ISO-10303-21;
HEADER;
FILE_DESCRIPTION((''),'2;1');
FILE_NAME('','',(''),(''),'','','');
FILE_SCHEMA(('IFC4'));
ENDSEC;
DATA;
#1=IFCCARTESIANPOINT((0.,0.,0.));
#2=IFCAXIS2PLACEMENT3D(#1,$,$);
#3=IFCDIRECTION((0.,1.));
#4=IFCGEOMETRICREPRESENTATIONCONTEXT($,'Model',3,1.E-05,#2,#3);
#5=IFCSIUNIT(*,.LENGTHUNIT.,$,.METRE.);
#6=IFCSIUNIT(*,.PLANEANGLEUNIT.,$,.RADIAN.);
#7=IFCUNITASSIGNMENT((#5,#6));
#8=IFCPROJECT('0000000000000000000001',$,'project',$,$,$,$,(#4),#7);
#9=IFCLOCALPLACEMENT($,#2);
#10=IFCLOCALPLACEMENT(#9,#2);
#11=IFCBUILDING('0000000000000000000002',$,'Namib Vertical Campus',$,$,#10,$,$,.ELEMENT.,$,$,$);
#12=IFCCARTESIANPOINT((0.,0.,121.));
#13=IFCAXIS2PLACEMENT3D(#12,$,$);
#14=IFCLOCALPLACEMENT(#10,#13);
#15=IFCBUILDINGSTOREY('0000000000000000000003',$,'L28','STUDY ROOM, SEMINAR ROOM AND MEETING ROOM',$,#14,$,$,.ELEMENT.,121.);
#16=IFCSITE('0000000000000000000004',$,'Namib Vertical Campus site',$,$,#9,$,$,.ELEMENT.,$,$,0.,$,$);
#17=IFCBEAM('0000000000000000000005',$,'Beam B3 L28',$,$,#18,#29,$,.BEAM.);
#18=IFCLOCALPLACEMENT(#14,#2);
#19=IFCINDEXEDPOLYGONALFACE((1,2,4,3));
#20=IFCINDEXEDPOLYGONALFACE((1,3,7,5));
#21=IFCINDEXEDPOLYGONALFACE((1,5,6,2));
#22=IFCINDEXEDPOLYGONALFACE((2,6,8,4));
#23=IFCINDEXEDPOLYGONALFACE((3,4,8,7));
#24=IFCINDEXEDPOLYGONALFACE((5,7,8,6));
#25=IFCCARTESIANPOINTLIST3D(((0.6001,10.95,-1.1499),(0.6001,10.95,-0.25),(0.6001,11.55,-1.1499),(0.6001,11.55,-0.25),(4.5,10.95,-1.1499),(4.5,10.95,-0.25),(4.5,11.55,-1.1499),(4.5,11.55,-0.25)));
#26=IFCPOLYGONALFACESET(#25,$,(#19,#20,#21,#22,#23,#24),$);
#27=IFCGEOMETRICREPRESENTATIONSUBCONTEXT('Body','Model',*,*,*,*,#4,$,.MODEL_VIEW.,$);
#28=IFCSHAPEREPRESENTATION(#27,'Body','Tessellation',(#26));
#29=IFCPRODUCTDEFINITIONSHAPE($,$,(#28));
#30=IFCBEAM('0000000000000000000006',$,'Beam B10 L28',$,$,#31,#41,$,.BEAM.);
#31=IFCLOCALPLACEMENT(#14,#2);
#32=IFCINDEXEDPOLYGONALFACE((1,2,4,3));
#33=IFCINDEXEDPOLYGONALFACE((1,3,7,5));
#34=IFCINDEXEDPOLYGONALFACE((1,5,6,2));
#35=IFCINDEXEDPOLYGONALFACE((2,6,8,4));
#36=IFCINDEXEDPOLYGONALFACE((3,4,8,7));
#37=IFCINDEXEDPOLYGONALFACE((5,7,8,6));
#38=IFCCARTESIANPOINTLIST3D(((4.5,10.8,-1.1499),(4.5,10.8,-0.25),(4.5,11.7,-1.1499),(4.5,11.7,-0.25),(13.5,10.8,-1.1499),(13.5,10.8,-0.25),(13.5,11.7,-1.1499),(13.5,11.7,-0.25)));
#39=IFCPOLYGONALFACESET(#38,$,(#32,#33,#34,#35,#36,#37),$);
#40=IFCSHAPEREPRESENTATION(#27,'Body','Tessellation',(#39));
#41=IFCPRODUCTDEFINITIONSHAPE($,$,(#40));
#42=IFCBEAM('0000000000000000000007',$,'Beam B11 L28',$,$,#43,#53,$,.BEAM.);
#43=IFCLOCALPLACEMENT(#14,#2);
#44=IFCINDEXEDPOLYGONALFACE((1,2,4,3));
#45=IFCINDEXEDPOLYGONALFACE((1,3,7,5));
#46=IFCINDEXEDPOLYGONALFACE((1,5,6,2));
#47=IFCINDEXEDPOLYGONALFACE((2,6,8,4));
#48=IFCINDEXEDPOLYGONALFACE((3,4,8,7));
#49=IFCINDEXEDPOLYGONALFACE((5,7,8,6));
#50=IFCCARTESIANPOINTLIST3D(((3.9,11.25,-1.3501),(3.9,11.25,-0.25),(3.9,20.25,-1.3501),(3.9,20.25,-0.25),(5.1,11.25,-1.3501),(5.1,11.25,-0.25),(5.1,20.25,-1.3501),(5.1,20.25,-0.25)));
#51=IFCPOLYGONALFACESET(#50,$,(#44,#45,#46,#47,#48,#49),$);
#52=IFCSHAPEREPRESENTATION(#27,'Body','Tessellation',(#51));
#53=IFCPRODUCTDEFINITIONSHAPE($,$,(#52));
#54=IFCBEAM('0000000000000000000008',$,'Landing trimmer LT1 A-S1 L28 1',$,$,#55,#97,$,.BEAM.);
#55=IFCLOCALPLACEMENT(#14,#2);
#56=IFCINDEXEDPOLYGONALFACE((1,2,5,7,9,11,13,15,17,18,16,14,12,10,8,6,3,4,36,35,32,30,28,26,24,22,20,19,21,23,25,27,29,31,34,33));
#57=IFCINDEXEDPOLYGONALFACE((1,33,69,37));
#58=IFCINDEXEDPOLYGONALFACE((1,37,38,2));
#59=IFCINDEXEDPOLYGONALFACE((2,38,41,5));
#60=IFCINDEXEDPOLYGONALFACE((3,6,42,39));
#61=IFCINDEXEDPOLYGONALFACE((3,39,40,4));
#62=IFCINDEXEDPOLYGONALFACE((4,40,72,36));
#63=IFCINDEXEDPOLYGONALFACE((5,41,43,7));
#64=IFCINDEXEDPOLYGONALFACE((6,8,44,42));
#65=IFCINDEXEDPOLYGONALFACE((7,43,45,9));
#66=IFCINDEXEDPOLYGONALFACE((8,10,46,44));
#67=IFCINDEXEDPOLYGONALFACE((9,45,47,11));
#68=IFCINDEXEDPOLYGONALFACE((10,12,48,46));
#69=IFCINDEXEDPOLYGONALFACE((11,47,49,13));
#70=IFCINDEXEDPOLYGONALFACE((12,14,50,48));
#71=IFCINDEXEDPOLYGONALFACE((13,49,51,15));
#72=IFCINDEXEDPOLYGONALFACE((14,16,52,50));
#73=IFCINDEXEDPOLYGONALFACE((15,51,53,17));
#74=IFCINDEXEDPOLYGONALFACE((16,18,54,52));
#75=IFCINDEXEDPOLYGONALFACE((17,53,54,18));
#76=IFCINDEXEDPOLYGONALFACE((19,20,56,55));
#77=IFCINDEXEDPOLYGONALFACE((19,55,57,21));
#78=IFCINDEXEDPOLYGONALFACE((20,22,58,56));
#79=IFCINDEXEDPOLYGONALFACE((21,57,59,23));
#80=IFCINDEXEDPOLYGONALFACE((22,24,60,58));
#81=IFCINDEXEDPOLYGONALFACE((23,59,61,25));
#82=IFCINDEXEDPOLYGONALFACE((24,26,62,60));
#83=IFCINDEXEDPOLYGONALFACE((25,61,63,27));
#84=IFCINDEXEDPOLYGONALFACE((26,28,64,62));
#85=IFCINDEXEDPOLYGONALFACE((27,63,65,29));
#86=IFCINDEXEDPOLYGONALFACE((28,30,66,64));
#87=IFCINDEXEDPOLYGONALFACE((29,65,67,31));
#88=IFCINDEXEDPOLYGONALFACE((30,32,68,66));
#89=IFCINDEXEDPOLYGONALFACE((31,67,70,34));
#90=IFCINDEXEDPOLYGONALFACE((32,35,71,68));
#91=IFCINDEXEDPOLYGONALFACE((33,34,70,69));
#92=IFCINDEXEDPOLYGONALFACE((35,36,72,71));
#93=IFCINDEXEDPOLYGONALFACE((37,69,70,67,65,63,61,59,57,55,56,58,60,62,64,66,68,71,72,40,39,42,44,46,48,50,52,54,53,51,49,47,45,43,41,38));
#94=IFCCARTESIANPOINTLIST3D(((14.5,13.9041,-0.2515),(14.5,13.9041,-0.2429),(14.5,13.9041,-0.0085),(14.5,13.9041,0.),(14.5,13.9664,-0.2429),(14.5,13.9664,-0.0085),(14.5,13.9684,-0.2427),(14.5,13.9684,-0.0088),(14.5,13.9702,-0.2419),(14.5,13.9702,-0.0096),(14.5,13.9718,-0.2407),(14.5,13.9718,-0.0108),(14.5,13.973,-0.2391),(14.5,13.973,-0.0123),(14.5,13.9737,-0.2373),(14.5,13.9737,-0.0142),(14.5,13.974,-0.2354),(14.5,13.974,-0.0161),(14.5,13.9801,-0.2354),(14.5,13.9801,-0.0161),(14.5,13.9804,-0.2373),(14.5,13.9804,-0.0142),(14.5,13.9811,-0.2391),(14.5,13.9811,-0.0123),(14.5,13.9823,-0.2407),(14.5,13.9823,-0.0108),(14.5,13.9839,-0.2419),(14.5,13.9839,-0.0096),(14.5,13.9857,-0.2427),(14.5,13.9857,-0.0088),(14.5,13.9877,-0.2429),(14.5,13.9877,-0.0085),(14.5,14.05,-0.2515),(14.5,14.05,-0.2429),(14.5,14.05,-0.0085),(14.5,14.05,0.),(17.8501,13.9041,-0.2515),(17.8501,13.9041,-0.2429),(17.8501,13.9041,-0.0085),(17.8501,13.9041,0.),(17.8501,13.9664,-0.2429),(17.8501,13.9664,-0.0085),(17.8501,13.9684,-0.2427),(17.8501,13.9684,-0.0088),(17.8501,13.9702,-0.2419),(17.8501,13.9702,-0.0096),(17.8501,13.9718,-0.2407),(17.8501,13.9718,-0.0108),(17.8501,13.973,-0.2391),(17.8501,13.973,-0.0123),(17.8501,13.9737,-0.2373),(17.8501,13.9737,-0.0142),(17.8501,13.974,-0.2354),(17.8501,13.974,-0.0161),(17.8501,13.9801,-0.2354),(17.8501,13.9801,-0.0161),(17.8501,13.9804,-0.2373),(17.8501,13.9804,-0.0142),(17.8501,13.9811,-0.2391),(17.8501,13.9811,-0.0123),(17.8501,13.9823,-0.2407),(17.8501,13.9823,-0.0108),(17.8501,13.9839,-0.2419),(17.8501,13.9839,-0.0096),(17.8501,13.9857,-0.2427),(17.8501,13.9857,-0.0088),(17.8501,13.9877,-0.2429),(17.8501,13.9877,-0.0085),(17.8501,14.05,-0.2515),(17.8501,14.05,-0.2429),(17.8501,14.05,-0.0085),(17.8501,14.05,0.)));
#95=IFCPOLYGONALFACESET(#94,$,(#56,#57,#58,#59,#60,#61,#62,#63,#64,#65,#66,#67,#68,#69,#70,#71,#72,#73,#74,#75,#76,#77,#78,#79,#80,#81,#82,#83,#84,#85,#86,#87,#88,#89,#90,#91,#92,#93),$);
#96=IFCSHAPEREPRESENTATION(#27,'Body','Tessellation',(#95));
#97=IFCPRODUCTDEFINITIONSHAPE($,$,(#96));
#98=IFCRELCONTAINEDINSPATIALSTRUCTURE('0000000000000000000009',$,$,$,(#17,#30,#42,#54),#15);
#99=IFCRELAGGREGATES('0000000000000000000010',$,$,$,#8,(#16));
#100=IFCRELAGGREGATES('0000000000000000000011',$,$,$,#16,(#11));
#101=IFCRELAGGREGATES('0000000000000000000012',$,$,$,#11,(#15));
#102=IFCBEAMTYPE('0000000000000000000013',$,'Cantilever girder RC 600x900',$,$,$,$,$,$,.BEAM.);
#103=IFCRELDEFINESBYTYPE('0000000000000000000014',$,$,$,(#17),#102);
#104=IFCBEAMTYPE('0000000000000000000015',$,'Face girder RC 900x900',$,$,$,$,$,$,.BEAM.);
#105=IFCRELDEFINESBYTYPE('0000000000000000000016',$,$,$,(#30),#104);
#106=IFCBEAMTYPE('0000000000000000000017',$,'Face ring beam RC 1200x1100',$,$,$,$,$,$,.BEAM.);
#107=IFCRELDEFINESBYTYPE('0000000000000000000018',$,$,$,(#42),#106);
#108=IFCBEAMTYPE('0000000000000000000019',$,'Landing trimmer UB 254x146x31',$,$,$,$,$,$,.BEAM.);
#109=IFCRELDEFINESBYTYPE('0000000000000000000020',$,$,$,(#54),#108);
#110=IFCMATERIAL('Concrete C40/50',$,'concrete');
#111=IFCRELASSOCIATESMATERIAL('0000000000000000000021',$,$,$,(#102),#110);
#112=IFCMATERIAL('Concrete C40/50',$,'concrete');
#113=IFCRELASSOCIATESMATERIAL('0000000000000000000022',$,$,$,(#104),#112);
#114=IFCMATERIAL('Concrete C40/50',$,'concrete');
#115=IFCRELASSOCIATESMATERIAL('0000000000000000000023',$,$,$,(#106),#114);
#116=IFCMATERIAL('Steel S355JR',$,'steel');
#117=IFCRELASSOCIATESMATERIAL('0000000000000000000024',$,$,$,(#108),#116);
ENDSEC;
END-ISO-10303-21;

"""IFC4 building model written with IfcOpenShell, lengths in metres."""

from ifc_helpers import new_model, si_unit, direction, frame, origin, origin_2d, place, context, subcontext, project, spatial, rectangle, i_section, extrude, material, material_profile, profile_set, type_object, element, save


model = new_model("IFC4")

# Units and contexts
model_context = context("Model", 3, precision=1e-05, world=origin(), true_north=direction((0.0, 1.0)))
body_context = subcontext(model_context, "Body", "Model", "MODEL_VIEW")
ifc_project = project(units=[si_unit("LENGTHUNIT", "METRE"), si_unit("PLANEANGLEUNIT", "RADIAN")], contexts=[model_context])

# Site, building, storey
site_placement = place(None, origin())
site = spatial("IfcSite", under=ifc_project, at=site_placement, Name="Namib Vertical Campus site", CompositionType="ELEMENT", RefElevation=0.0)
building_placement = place(site_placement, origin())
building = spatial("IfcBuilding", under=site, at=building_placement, Name="Namib Vertical Campus", CompositionType="ELEMENT")
storey_placement = place(building_placement, frame((0.0, 0.0, 121.0)))
storey = spatial("IfcBuildingStorey", under=building, at=storey_placement, Name="L28", Description="STUDY ROOM, SEMINAR ROOM AND MEETING ROOM", CompositionType="ELEMENT", Elevation=121.0)

# Beams
ifc_material_1 = material(Name="Concrete C40/50", Category="concrete")
ifc_material_profile_1 = material_profile(ifc_material_1, rectangle(XDim=0.6001, YDim=0.8999, at=origin_2d()))
ifc_profile_set_1 = profile_set([ifc_material_profile_1], Name="Concrete C40/50")
beam_type_1 = type_object("IfcBeamType", Name="Cantilever girder RC 600x900", PredefinedType="BEAM", material=ifc_profile_set_1)
beam_1_placement = place(storey_placement, frame((4.5, 11.25, -0.7), z_axis=(-1.0, 0.0, 0.0), x_axis=(0.0, -1.0, 0.0)))
element("IfcBeam", 1, at=beam_1_placement, inside=storey, type_object=beam_type_1, Name="Beam B3 L28", PredefinedType="BEAM", context=body_context, shape_type="SweptSolid", body=[
    extrude(rectangle(XDim=0.6001, YDim=0.8999, at=origin_2d()), origin(), (0.0, 0.0, 1.0), 3.8999),
])
ifc_material_2 = material(Name="Concrete C40/50", Category="concrete")
ifc_material_profile_2 = material_profile(ifc_material_2, rectangle(XDim=0.8999, YDim=0.8999, at=origin_2d()))
ifc_profile_set_2 = profile_set([ifc_material_profile_2], Name="Concrete C40/50")
beam_type_2 = type_object("IfcBeamType", Name="Face girder RC 900x900", PredefinedType="BEAM", material=ifc_profile_set_2)
beam_2_placement = place(storey_placement, frame((4.5, 11.25, -0.7), z_axis=(1.0, 0.0, 0.0), x_axis=(0.0, 1.0, 0.0)))
element("IfcBeam", 2, at=beam_2_placement, inside=storey, type_object=beam_type_2, Name="Beam B10 L28", PredefinedType="BEAM", context=body_context, shape_type="SweptSolid", body=[
    extrude(rectangle(XDim=0.8999, YDim=0.8999, at=origin_2d()), origin(), (0.0, 0.0, 1.0), 9.0),
])
ifc_material_3 = material(Name="Concrete C40/50", Category="concrete")
ifc_material_profile_3 = material_profile(ifc_material_3, rectangle(XDim=1.2, YDim=1.1001, at=origin_2d()))
ifc_profile_set_3 = profile_set([ifc_material_profile_3], Name="Concrete C40/50")
beam_type_3 = type_object("IfcBeamType", Name="Face ring beam RC 1200x1100", PredefinedType="BEAM", material=ifc_profile_set_3)
beam_3_placement = place(storey_placement, frame((4.5, 11.25, -0.8), z_axis=(0.0, 1.0, 0.0), x_axis=(-1.0, 0.0, 0.0)))
element("IfcBeam", 3, at=beam_3_placement, inside=storey, type_object=beam_type_3, Name="Beam B11 L28", PredefinedType="BEAM", context=body_context, shape_type="SweptSolid", body=[
    extrude(rectangle(XDim=1.2, YDim=1.1001, at=origin_2d()), origin(), (0.0, 0.0, 1.0), 9.0),
])
ifc_material_4 = material(Name="Steel S355JR", Category="steel")
ifc_material_profile_4 = material_profile(ifc_material_4, i_section(OverallWidth=0.146, OverallDepth=0.2515, WebThickness=0.0061, FlangeThickness=0.0085, FilletRadius=0.0076, at=origin_2d()))
ifc_profile_set_4 = profile_set([ifc_material_profile_4], Name="Steel S355JR")
beam_type_4 = type_object("IfcBeamType", Name="Landing trimmer UB 254x146x31", PredefinedType="BEAM", material=ifc_profile_set_4)
beam_4_placement = place(storey_placement, frame((14.5, 13.9771, -0.1257), z_axis=(1.0, 0.0, 0.0), x_axis=(0.0, 1.0, 0.0)))
element("IfcBeam", 4, at=beam_4_placement, inside=storey, type_object=beam_type_4, Name="Landing trimmer LT1 A-S1 L28 1", PredefinedType="BEAM", context=body_context, shape_type="SweptSolid", body=[
    extrude(i_section(OverallWidth=0.146, OverallDepth=0.2515, WebThickness=0.0061, FlangeThickness=0.0085, FilletRadius=0.0076, at=origin_2d()), origin(), (0.0, 0.0, 1.0), 3.3501),
])

save(model, "model.ifc")
